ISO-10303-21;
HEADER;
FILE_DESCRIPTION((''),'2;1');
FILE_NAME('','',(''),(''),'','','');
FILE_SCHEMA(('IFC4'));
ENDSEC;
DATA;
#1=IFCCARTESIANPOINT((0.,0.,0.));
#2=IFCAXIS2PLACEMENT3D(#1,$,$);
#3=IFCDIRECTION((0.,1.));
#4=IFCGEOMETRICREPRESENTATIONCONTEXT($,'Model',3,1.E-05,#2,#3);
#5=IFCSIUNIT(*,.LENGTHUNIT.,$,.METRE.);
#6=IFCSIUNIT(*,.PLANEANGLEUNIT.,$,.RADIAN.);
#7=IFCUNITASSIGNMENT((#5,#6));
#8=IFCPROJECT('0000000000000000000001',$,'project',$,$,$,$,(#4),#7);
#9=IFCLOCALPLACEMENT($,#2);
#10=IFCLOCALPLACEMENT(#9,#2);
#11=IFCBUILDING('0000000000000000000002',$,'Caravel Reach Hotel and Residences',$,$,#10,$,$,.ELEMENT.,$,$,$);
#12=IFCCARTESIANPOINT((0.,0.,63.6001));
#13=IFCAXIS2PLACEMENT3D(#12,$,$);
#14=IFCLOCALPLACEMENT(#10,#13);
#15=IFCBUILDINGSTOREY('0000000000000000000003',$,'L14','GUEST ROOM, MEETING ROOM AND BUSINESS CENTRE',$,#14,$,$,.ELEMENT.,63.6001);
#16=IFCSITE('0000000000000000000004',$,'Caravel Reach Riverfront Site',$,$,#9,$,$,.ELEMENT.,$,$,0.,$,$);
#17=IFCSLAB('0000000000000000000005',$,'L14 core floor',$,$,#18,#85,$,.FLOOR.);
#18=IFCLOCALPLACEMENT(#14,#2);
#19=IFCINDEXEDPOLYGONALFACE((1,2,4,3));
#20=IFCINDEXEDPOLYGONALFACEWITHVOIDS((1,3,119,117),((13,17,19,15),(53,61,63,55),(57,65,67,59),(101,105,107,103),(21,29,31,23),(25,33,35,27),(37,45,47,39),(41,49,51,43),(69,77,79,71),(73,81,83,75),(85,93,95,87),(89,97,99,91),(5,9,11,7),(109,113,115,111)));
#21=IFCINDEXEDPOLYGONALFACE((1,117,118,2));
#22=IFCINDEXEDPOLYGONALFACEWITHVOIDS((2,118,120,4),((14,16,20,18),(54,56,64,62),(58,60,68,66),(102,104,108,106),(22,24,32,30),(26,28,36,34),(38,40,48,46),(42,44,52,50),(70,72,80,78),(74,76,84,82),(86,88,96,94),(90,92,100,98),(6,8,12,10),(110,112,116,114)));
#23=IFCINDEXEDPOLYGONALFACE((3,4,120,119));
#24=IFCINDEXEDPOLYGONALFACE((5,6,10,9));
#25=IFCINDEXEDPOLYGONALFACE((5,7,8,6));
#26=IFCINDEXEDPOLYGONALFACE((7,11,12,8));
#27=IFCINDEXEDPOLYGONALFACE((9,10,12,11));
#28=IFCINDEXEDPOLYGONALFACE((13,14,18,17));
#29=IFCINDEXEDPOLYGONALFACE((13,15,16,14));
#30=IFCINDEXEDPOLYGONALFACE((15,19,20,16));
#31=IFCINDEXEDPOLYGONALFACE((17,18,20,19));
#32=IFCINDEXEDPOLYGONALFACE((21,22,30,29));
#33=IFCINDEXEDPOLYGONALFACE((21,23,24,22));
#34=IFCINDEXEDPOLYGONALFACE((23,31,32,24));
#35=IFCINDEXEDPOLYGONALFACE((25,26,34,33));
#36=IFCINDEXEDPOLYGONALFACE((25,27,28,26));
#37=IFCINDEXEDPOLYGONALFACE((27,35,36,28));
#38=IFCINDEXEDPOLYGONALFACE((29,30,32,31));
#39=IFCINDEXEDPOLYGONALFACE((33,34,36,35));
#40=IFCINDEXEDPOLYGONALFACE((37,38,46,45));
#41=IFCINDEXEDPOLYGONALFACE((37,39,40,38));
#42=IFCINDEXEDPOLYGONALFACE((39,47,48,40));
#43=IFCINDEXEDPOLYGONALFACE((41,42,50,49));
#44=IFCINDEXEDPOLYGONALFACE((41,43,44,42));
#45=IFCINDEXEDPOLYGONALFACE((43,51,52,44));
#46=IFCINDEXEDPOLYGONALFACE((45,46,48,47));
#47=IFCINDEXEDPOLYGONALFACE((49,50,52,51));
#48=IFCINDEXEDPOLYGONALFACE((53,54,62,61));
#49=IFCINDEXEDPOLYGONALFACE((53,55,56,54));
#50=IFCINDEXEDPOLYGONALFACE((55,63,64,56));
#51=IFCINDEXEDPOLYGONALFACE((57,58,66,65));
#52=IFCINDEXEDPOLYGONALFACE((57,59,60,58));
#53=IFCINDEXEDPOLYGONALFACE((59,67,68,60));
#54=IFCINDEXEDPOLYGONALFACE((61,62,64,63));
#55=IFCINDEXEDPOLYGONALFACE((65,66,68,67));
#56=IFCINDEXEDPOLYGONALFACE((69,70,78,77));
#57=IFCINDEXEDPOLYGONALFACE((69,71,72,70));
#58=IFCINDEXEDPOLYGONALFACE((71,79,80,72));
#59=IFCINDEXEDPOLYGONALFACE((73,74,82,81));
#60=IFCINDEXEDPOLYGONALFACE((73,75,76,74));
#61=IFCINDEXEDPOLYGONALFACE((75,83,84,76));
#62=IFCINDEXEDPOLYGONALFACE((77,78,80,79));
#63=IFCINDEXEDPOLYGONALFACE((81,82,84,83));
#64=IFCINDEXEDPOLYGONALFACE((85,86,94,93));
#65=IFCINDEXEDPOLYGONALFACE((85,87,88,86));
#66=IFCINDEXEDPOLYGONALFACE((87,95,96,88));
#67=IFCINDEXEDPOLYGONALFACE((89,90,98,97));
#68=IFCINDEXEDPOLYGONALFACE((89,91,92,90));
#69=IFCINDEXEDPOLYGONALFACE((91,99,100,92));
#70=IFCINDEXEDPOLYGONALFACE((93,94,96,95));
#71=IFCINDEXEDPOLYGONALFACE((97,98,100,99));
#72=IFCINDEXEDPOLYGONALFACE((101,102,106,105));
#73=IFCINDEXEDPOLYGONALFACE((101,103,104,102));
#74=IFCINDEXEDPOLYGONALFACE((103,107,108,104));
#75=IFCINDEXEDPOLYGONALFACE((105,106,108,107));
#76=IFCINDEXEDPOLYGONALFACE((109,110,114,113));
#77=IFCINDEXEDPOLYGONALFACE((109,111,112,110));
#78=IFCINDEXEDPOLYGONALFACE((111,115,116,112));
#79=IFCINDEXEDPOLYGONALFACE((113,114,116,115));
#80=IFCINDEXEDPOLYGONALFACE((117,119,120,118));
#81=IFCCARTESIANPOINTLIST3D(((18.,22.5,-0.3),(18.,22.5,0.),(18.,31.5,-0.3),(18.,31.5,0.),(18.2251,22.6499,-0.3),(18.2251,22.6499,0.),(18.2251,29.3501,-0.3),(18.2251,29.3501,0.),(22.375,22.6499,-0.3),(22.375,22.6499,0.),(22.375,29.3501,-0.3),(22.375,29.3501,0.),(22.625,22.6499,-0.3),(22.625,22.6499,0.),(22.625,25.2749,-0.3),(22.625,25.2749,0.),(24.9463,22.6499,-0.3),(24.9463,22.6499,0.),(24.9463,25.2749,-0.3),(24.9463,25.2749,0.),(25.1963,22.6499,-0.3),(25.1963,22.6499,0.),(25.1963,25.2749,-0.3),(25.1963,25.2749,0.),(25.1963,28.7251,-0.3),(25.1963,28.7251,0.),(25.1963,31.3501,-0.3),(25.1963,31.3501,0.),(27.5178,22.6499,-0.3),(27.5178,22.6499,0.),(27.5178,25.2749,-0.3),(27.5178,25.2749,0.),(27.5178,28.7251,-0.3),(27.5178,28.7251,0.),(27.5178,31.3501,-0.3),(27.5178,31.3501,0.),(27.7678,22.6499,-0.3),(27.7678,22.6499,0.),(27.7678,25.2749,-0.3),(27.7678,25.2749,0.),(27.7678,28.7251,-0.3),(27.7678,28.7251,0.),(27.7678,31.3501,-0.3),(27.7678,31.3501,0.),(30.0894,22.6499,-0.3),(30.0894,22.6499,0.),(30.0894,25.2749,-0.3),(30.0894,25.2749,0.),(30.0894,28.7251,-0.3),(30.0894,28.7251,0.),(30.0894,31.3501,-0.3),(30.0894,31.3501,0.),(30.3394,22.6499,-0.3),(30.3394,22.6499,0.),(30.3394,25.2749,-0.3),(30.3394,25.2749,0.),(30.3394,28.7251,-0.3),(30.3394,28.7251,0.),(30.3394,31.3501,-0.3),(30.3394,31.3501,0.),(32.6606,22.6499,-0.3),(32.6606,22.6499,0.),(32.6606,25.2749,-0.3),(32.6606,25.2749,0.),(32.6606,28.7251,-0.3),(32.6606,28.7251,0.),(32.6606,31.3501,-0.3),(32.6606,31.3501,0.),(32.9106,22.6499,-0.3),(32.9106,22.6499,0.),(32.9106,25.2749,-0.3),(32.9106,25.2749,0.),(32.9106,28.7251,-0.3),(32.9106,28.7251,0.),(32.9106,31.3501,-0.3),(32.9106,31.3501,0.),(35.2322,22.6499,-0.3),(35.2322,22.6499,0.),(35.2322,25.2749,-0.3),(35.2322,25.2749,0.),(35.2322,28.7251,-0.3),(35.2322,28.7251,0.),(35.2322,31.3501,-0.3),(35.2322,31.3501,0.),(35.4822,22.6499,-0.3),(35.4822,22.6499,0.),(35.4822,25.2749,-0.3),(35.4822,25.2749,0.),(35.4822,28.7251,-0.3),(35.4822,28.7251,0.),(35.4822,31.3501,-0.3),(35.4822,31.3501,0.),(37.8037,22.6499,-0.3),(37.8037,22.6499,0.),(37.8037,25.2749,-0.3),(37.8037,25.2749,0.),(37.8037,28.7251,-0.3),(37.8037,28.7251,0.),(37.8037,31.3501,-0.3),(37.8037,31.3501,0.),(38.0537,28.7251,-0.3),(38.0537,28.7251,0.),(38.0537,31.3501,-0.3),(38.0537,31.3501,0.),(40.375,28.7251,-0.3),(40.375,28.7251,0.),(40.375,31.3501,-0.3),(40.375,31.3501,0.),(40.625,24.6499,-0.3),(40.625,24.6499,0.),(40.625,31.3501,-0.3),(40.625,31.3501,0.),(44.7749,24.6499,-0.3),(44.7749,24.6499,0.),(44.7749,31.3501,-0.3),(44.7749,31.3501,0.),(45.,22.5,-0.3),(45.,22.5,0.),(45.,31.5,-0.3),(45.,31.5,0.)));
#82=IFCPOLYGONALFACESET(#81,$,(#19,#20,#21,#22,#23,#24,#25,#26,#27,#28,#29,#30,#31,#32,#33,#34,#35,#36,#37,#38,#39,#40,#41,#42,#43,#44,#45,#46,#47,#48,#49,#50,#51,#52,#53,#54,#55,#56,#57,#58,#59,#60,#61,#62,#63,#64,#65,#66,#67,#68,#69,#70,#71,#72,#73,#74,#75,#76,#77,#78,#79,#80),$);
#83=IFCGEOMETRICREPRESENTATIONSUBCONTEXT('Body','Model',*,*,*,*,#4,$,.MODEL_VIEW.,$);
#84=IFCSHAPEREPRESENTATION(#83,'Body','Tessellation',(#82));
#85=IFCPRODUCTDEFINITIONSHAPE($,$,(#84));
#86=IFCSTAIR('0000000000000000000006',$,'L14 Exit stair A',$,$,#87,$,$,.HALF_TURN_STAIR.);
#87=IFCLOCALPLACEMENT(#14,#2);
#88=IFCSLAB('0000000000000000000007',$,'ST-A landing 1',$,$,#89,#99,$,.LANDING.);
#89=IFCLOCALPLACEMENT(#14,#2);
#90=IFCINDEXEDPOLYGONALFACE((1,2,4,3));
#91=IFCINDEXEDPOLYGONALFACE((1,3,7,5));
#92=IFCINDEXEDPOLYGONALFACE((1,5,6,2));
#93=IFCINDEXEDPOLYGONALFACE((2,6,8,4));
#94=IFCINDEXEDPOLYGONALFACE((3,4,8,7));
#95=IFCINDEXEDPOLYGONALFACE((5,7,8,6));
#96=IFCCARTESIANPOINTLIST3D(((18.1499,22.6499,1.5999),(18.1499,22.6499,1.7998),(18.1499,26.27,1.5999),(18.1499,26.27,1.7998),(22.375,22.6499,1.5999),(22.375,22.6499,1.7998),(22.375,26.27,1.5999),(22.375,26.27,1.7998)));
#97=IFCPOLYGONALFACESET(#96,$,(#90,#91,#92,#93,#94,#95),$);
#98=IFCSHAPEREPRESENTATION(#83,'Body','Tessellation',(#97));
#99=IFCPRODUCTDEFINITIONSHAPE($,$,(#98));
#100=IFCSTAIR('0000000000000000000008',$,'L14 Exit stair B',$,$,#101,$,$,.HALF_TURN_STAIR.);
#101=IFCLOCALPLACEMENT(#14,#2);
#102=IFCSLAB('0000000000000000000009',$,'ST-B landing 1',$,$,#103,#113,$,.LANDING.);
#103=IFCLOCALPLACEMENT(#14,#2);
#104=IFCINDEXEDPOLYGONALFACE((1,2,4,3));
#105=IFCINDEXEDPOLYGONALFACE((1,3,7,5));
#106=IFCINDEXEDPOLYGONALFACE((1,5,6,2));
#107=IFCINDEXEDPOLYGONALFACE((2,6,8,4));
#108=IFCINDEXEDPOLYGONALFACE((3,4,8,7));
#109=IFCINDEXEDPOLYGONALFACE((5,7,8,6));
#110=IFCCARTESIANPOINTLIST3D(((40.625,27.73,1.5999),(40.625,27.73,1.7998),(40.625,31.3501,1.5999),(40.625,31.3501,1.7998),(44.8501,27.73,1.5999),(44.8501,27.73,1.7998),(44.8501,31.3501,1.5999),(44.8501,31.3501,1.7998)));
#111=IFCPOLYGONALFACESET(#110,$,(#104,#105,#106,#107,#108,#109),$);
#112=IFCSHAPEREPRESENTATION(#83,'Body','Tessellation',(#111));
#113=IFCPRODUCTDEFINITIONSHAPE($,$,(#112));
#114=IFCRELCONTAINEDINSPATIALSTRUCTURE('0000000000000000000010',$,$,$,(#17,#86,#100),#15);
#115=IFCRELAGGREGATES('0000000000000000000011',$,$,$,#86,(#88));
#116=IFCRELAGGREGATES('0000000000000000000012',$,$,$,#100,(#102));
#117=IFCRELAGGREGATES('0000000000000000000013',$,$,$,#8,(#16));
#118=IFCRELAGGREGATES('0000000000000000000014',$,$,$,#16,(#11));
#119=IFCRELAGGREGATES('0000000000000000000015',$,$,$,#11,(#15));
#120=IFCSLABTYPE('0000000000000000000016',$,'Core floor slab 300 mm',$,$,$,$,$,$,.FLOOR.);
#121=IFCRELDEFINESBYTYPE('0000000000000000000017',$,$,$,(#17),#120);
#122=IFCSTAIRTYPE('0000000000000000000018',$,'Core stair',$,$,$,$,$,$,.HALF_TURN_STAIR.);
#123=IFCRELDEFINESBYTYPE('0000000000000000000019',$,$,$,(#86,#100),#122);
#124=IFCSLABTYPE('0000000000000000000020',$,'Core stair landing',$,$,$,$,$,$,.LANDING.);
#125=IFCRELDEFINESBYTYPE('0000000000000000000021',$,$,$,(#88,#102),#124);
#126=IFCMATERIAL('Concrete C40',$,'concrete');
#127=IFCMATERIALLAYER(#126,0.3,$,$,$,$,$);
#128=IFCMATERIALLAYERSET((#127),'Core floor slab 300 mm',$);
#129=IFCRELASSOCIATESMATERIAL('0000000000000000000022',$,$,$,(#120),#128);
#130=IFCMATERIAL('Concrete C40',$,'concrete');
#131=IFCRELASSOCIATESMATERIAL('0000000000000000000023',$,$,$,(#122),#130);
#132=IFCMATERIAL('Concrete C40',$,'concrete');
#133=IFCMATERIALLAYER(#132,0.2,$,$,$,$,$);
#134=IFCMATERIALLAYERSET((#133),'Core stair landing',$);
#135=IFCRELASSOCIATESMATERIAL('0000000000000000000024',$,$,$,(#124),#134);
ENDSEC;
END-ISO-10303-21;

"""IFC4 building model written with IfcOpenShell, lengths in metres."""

from ifc_helpers import new_model, si_unit, direction, frame, origin, place, context, subcontext, project, spatial, polyline, outline, extrude, material, layer, layer_set, type_object, element, aggregate, save


model = new_model("IFC4")

# Units and contexts
model_context = context("Model", 3, precision=1e-05, world=origin(), true_north=direction((0.0, 1.0)))
body_context = subcontext(model_context, "Body", "Model", "MODEL_VIEW")
ifc_project = project(units=[si_unit("LENGTHUNIT", "METRE"), si_unit("PLANEANGLEUNIT", "RADIAN")], contexts=[model_context])

# Site, building, storey
site_placement = place(None, origin())
site = spatial("IfcSite", under=ifc_project, at=site_placement, Name="Caravel Reach Riverfront Site", CompositionType="ELEMENT", RefElevation=0.0)
building_placement = place(site_placement, origin())
building = spatial("IfcBuilding", under=site, at=building_placement, Name="Caravel Reach Hotel and Residences", CompositionType="ELEMENT")
storey_placement = place(building_placement, frame((0.0, 0.0, 63.6001)))
storey = spatial("IfcBuildingStorey", under=building, at=storey_placement, Name="L14", Description="GUEST ROOM, MEETING ROOM AND BUSINESS CENTRE", CompositionType="ELEMENT", Elevation=63.6001)

# Slab
ifc_material_1 = material(Name="Concrete C40", Category="concrete")
ifc_layer_1 = layer(ifc_material_1, 0.3)
ifc_layer_set_1 = layer_set([ifc_layer_1], Name="Core floor slab 300 mm")
slab_type_1 = type_object("IfcSlabType", Name="Core floor slab 300 mm", PredefinedType="FLOOR", material=ifc_layer_set_1)
slab_1_placement = place(storey_placement, frame((0.0, 0.0, -0.3)))
element("IfcSlab", 1, at=slab_1_placement, inside=storey, type_object=slab_type_1, Name="L14 core floor", PredefinedType="FLOOR", context=body_context, shape_type="SweptSolid", body=[
    extrude(outline(polyline([(18.0, 31.5), (45.0, 31.5), (45.0, 22.5), (18.0, 22.5), (18.0, 31.5)]), holes=[polyline([(22.625, 25.2749), (22.625, 22.6499), (24.9463, 22.6499), (24.9463, 25.2749), (22.625, 25.2749)]), polyline([(27.5178, 25.2749), (25.1963, 25.2749), (25.1963, 22.6499), (27.5178, 22.6499), (27.5178, 25.2749)]), polyline([(30.0894, 25.2749), (27.7678, 25.2749), (27.7678, 22.6499), (30.0894, 22.6499), (30.0894, 25.2749)]), polyline([(32.6606, 25.2749), (30.3394, 25.2749), (30.3394, 22.6499), (32.6606, 22.6499), (32.6606, 25.2749)]), polyline([(18.2251, 22.6499), (22.375, 22.6499), (22.375, 29.3501), (18.2251, 29.3501), (18.2251, 22.6499)]), polyline([(27.5178, 31.3501), (25.1963, 31.3501), (25.1963, 28.7251), (27.5178, 28.7251), (27.5178, 31.3501)]), polyline([(30.0894, 31.3501), (27.7678, 31.3501), (27.7678, 28.7251), (30.0894, 28.7251), (30.0894, 31.3501)]), polyline([(32.9106, 25.2749), (32.9106, 22.6499), (35.2322, 22.6499), (35.2322, 25.2749), (32.9106, 25.2749)]), polyline([(37.8037, 25.2749), (35.4822, 25.2749), (35.4822, 22.6499), (37.8037, 22.6499), (37.8037, 25.2749)]), polyline([(44.7749, 31.3501), (40.625, 31.3501), (40.625, 24.6499), (44.7749, 24.6499), (44.7749, 31.3501)]), polyline([(32.6606, 31.3501), (30.3394, 31.3501), (30.3394, 28.7251), (32.6606, 28.7251), (32.6606, 31.3501)]), polyline([(35.2322, 31.3501), (32.9106, 31.3501), (32.9106, 28.7251), (35.2322, 28.7251), (35.2322, 31.3501)]), polyline([(37.8037, 31.3501), (35.4822, 31.3501), (35.4822, 28.7251), (37.8037, 28.7251), (37.8037, 31.3501)]), polyline([(40.375, 31.3501), (38.0537, 31.3501), (38.0537, 28.7251), (40.375, 28.7251), (40.375, 31.3501)])]), origin(), (0.0, 0.0, 1.0), 0.3),
])

# Stairs, slabs
ifc_material_2 = material(Name="Concrete C40", Category="concrete")
stair_type = type_object("IfcStairType", Name="Core stair", PredefinedType="HALF_TURN_STAIR", material=ifc_material_2)
stair_1_placement = place(storey_placement, origin())
stair_1 = element("IfcStair", 2, at=stair_1_placement, inside=storey, type_object=stair_type, Name="L14 Exit stair A", PredefinedType="HALF_TURN_STAIR")
ifc_material_3 = material(Name="Concrete C40", Category="concrete")
ifc_layer_2 = layer(ifc_material_3, 0.2)
ifc_layer_set_2 = layer_set([ifc_layer_2], Name="Core stair landing")
slab_type_2 = type_object("IfcSlabType", Name="Core stair landing", PredefinedType="LANDING", material=ifc_layer_set_2)
slab_2_placement = place(storey_placement, frame((0.0, 0.0, 1.5999)))
slab_2 = element("IfcSlab", 3, at=slab_2_placement, type_object=slab_type_2, Name="ST-A landing 1", PredefinedType="LANDING", context=body_context, shape_type="SweptSolid", body=[
    extrude(outline(polyline([(18.1499, 26.27), (18.1499, 22.6499), (22.375, 22.6499), (22.375, 26.27), (18.1499, 26.27)])), origin(), (0.0, 0.0, 1.0), 0.2),
])
aggregate(stair_1, [slab_2])
stair_2_placement = place(storey_placement, origin())
stair_2 = element("IfcStair", 4, at=stair_2_placement, inside=storey, type_object=stair_type, Name="L14 Exit stair B", PredefinedType="HALF_TURN_STAIR")
slab_3_placement = place(storey_placement, frame((0.0, 0.0, 1.5999)))
slab_3 = element("IfcSlab", 5, at=slab_3_placement, type_object=slab_type_2, Name="ST-B landing 1", PredefinedType="LANDING", context=body_context, shape_type="SweptSolid", body=[
    extrude(outline(polyline([(44.8501, 27.73), (44.8501, 31.3501), (40.625, 31.3501), (40.625, 27.73), (44.8501, 27.73)])), origin(), (0.0, 0.0, 1.0), 0.2),
])
aggregate(stair_2, [slab_3])

save(model, "model.ifc")
